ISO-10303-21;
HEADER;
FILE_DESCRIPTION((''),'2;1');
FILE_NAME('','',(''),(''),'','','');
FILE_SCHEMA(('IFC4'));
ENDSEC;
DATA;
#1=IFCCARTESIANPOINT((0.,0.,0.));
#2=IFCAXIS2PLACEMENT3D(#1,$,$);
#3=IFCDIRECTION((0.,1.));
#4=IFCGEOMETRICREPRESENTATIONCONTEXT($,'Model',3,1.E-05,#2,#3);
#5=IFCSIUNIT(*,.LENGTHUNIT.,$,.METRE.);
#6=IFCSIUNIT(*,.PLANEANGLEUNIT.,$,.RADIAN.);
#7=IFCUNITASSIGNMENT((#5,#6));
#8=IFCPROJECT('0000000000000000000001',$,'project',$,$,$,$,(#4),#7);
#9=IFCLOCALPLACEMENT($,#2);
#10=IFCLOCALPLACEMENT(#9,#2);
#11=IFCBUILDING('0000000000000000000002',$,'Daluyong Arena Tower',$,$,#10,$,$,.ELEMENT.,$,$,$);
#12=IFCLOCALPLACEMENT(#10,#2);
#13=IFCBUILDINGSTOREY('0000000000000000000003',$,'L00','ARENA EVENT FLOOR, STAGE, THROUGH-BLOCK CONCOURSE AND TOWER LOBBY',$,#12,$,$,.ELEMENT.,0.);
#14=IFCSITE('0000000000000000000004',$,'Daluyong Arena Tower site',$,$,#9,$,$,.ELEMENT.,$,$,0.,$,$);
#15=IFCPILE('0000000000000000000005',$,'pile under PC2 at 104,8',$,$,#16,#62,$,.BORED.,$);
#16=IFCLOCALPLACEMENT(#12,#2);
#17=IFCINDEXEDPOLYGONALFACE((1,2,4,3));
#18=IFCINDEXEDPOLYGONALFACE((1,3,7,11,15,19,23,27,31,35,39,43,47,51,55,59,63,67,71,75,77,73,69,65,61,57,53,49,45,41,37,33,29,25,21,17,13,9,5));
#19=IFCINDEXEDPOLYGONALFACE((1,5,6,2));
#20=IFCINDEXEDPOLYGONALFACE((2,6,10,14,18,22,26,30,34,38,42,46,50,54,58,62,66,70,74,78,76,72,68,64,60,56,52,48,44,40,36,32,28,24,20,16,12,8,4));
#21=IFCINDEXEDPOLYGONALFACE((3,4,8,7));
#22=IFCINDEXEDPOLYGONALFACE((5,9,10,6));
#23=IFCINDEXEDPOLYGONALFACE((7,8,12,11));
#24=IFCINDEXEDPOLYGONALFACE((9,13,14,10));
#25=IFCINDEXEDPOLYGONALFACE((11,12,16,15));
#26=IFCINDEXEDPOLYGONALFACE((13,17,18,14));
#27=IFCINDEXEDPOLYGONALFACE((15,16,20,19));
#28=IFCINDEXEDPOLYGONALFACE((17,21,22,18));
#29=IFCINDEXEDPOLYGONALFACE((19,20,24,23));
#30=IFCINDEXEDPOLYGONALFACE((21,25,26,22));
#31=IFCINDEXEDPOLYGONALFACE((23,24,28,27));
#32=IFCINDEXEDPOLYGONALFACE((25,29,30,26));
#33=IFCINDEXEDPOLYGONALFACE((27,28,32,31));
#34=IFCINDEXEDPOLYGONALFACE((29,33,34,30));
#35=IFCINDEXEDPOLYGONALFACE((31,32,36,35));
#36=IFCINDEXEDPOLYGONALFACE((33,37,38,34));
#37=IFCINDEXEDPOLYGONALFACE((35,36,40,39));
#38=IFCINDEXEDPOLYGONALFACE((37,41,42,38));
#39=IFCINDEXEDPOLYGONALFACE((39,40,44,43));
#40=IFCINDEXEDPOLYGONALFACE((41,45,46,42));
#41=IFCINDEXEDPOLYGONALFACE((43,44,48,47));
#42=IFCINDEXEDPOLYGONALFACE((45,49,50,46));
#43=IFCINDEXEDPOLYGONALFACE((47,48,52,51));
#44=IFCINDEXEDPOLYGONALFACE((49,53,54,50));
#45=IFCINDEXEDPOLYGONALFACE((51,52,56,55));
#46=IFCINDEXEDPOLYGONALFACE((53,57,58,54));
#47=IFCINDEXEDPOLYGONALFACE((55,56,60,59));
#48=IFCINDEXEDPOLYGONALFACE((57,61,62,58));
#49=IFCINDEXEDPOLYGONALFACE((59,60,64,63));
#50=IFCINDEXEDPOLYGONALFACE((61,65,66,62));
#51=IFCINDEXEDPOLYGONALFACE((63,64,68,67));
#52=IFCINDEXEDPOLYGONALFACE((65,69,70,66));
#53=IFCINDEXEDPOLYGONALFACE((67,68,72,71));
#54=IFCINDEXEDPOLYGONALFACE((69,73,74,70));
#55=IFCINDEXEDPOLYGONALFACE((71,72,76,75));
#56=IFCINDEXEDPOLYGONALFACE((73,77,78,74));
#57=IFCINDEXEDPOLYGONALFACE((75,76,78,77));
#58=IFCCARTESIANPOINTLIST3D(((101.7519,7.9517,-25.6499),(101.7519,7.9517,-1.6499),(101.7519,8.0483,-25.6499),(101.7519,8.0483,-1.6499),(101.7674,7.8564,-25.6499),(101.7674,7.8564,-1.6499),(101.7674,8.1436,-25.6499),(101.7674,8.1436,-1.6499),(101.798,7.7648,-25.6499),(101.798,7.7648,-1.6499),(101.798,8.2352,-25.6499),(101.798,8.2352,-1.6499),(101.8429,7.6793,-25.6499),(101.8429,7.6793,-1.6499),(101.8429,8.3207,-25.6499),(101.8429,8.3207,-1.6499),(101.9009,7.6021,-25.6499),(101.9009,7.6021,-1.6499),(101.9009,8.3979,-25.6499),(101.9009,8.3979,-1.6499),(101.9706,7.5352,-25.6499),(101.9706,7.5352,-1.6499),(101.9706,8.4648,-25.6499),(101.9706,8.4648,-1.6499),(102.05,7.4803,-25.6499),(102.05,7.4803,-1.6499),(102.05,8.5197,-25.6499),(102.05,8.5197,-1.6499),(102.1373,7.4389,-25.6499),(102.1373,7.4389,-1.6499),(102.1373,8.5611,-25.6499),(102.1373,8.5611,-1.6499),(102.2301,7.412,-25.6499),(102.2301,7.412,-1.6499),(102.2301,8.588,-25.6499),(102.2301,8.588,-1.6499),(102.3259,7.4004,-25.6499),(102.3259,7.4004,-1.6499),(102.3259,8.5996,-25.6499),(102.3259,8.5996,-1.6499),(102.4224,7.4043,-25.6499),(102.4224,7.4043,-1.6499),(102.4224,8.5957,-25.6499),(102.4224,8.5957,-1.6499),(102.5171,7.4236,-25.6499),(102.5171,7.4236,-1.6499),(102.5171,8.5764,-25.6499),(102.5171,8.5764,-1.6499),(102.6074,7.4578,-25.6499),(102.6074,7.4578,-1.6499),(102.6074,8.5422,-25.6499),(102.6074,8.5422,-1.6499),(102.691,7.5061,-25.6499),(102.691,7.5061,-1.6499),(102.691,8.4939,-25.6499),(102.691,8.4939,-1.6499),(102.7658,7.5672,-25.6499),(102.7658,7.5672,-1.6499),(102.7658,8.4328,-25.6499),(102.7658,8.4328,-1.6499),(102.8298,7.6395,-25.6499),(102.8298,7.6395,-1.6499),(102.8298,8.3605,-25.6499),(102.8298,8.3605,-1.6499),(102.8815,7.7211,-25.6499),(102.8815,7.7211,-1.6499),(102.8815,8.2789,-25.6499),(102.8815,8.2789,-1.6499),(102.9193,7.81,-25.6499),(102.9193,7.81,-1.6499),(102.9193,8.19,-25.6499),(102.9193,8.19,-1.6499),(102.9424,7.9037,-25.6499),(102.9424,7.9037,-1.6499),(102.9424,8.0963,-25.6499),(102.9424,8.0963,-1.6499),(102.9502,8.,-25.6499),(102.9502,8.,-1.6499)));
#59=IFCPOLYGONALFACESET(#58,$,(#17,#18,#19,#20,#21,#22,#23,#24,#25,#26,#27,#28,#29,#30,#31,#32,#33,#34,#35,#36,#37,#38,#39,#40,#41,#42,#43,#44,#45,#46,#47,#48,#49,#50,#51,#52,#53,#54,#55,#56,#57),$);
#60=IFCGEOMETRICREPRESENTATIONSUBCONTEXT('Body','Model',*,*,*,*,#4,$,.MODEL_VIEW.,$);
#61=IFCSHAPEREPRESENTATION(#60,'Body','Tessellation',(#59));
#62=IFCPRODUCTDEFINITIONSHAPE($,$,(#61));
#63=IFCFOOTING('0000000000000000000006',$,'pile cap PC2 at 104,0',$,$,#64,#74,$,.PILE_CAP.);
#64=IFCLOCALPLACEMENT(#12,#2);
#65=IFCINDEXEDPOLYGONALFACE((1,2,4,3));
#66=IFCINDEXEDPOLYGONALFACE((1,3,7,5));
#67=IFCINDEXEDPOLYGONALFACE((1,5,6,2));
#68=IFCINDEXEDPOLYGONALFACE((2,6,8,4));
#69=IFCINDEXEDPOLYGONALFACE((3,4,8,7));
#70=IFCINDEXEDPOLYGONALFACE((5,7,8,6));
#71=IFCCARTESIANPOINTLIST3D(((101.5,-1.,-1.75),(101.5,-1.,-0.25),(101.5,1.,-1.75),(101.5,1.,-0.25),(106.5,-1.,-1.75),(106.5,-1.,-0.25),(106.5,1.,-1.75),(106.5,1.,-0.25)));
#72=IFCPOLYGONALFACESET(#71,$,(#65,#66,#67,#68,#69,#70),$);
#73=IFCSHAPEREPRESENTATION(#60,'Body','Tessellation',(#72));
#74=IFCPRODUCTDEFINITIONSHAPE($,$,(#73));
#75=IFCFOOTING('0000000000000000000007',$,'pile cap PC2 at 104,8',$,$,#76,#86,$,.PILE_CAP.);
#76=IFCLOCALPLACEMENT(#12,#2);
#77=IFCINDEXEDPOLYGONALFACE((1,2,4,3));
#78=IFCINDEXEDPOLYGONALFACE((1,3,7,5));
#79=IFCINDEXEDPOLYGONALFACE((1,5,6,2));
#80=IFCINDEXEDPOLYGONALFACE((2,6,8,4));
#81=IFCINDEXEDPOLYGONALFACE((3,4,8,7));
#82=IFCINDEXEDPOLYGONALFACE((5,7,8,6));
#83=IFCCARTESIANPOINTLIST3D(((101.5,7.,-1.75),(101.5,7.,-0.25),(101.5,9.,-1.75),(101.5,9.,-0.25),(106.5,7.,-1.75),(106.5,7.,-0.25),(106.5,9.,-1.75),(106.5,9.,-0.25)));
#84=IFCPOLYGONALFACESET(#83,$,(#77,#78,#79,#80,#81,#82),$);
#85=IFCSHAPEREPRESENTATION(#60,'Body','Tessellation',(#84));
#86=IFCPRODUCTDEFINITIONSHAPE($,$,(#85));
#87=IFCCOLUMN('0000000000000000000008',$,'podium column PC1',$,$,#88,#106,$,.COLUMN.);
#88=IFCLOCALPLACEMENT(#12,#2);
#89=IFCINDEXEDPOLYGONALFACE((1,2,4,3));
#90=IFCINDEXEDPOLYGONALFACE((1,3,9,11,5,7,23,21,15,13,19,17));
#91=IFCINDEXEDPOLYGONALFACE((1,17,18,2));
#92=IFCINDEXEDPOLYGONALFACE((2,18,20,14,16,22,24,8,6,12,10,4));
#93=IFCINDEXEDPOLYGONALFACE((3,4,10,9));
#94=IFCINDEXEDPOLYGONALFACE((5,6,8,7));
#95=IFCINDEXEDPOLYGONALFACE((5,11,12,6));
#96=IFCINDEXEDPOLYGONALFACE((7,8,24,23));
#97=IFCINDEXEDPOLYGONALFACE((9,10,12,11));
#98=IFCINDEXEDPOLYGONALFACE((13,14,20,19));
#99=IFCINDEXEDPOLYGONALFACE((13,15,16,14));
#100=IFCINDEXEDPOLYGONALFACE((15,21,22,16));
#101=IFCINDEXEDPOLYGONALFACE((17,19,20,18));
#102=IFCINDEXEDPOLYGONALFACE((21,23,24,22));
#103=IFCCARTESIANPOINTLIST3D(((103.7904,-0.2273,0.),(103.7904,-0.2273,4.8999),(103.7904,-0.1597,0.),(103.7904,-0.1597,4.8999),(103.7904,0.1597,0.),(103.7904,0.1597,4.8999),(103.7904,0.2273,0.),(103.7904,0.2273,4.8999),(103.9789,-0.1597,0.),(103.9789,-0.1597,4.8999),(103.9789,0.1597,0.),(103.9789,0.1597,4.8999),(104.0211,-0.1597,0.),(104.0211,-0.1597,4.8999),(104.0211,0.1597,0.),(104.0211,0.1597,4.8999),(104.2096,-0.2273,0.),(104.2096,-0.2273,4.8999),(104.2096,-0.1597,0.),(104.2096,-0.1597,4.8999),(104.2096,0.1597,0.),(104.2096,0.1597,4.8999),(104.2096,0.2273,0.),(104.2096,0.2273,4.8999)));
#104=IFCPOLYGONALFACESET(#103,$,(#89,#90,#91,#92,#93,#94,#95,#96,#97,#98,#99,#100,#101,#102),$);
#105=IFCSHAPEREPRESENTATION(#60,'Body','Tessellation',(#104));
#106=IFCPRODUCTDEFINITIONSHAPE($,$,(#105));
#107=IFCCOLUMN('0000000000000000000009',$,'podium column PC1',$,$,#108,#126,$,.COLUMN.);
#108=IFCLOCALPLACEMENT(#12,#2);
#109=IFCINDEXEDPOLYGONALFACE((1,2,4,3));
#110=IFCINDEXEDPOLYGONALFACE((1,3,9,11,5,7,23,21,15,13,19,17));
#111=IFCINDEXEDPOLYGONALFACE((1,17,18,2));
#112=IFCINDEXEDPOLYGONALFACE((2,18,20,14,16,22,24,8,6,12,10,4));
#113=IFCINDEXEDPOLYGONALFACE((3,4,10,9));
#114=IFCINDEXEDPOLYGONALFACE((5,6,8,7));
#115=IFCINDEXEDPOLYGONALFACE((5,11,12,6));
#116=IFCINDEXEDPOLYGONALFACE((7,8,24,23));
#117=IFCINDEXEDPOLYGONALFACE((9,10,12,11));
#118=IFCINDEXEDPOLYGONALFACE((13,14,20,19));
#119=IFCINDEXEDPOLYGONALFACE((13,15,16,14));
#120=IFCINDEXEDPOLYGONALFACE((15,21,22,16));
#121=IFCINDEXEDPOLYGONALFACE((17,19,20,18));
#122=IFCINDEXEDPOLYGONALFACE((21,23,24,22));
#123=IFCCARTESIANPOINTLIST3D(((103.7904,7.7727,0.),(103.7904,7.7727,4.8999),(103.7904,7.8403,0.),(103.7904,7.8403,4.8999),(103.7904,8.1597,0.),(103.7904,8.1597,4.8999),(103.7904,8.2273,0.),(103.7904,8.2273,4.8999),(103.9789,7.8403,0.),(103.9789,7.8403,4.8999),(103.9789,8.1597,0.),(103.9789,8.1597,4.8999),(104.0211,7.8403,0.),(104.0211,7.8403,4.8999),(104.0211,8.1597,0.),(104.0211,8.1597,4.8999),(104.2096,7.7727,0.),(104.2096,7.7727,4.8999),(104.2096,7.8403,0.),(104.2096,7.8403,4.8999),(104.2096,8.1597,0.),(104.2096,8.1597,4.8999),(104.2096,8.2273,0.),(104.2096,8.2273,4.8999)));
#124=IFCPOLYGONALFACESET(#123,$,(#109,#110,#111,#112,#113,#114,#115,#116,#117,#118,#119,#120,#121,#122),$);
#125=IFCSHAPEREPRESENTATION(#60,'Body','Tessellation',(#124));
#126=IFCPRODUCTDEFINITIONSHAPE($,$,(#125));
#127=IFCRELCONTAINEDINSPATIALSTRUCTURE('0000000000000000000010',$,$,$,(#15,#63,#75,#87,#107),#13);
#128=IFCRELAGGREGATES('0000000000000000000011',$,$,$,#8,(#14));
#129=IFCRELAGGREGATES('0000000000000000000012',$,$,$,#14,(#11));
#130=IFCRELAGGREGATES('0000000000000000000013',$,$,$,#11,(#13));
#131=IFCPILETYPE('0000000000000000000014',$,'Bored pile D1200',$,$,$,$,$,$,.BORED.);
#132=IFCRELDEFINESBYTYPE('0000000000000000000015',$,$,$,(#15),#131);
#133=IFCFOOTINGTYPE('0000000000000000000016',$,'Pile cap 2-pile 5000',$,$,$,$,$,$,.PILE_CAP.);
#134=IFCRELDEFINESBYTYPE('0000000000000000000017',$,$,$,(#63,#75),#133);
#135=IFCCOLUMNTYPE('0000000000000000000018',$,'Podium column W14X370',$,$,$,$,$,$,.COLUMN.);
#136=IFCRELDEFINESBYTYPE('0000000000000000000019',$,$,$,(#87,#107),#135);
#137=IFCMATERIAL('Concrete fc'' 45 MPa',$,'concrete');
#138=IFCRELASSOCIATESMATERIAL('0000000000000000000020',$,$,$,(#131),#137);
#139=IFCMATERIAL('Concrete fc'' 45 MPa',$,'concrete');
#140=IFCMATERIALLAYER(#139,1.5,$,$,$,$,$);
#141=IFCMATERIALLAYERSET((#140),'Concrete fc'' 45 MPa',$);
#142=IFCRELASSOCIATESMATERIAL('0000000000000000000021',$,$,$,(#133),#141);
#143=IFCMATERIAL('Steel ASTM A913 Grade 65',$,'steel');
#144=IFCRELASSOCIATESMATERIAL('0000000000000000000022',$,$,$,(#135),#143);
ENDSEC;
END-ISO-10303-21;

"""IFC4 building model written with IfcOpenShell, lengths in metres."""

from ifc_helpers import new_model, si_unit, direction, frame, origin, origin_2d, place, context, subcontext, project, spatial, rectangle, circle, i_section, extrude, material, layer, layer_set, material_profile, profile_set, type_object, element, save


model = new_model("IFC4")

# Units and contexts
model_context = context("Model", 3, precision=1e-05, world=origin(), true_north=direction((0.0, 1.0)))
body_context = subcontext(model_context, "Body", "Model", "MODEL_VIEW")
ifc_project = project(units=[si_unit("LENGTHUNIT", "METRE"), si_unit("PLANEANGLEUNIT", "RADIAN")], contexts=[model_context])

# Site, building, storey
site_placement = place(None, origin())
site = spatial("IfcSite", under=ifc_project, at=site_placement, Name="Daluyong Arena Tower site", CompositionType="ELEMENT", RefElevation=0.0)
building_placement = place(site_placement, origin())
building = spatial("IfcBuilding", under=site, at=building_placement, Name="Daluyong Arena Tower", CompositionType="ELEMENT")
storey_placement = place(building_placement, origin())
storey = spatial("IfcBuildingStorey", under=building, at=storey_placement, Name="L00", Description="ARENA EVENT FLOOR, STAGE, THROUGH-BLOCK CONCOURSE AND TOWER LOBBY", CompositionType="ELEMENT", Elevation=0.0)

# Pile
ifc_material_1 = material(Name="Concrete fc' 45 MPa", Category="concrete")
pile_type = type_object("IfcPileType", Name="Bored pile D1200", PredefinedType="BORED", material=ifc_material_1)
for number, where, z_axis, x_axis, name in (
    (1, (102.3501, 8.0, -1.6499), (0.0, 0.0, -1.0), (1.0, 0.0, 0.0), "pile under PC2 at 104,8"),
):
    element("IfcPile", number, at=place(storey_placement, frame(where, z_axis=z_axis, x_axis=x_axis)), inside=storey, type_object=pile_type, Name=name, PredefinedType="BORED", context=body_context, shape_type="SweptSolid", body=[
        extrude(circle(Radius=0.6001, at=origin_2d()), origin(), (0.0, 0.0, 1.0), 24.0),
    ])

# Footings
ifc_material_2 = material(Name="Concrete fc' 45 MPa", Category="concrete")
ifc_layer = layer(ifc_material_2, 1.5)
ifc_layer_set = layer_set([ifc_layer], Name="Concrete fc' 45 MPa")
footing_type = type_object("IfcFootingType", Name="Pile cap 2-pile 5000", PredefinedType="PILE_CAP", material=ifc_layer_set)
for number, where, z_axis, x_axis, name in (
    (2, (104.0, 0.0, -1.75), (0.0, 0.0, 1.0), (1.0, 0.0, 0.0), "pile cap PC2 at 104,0"),
    (3, (104.0, 8.0, -1.75), (0.0, 0.0, 1.0), (1.0, 0.0, 0.0), "pile cap PC2 at 104,8"),
):
    element("IfcFooting", number, at=place(storey_placement, frame(where, z_axis=z_axis, x_axis=x_axis)), inside=storey, type_object=footing_type, Name=name, PredefinedType="PILE_CAP", context=body_context, shape_type="SweptSolid", body=[
        extrude(rectangle(XDim=5.0, YDim=2.0, at=origin_2d()), origin(), (0.0, 0.0, 1.0), 1.5),
    ])

# Columns
ifc_material_3 = material(Name="Steel ASTM A913 Grade 65", Category="steel")
ifc_material_profile = material_profile(ifc_material_3, i_section(OverallWidth=0.4192, OverallDepth=0.4546, WebThickness=0.0422, FlangeThickness=0.0676, at=origin_2d()))
ifc_profile_set = profile_set([ifc_material_profile], Name="Steel ASTM A913 Grade 65")
column_type = type_object("IfcColumnType", Name="Podium column W14X370", PredefinedType="COLUMN", material=ifc_profile_set)
for number, where, z_axis, x_axis, name in (
    (4, (104.0, 0.0, 0.0), (0.0, 0.0, 1.0), (1.0, 0.0, 0.0), "podium column PC1"),
    (5, (104.0, 8.0, 0.0), (0.0, 0.0, 1.0), (1.0, 0.0, 0.0), "podium column PC1"),
):
    element("IfcColumn", number, at=place(storey_placement, frame(where, z_axis=z_axis, x_axis=x_axis)), inside=storey, type_object=column_type, Name=name, PredefinedType="COLUMN", context=body_context, shape_type="SweptSolid", body=[
        extrude(i_section(OverallWidth=0.4192, OverallDepth=0.4546, WebThickness=0.0422, FlangeThickness=0.0676, at=origin_2d()), origin(), (0.0, 0.0, 1.0), 4.8999),
    ])

save(model, "model.ifc")
